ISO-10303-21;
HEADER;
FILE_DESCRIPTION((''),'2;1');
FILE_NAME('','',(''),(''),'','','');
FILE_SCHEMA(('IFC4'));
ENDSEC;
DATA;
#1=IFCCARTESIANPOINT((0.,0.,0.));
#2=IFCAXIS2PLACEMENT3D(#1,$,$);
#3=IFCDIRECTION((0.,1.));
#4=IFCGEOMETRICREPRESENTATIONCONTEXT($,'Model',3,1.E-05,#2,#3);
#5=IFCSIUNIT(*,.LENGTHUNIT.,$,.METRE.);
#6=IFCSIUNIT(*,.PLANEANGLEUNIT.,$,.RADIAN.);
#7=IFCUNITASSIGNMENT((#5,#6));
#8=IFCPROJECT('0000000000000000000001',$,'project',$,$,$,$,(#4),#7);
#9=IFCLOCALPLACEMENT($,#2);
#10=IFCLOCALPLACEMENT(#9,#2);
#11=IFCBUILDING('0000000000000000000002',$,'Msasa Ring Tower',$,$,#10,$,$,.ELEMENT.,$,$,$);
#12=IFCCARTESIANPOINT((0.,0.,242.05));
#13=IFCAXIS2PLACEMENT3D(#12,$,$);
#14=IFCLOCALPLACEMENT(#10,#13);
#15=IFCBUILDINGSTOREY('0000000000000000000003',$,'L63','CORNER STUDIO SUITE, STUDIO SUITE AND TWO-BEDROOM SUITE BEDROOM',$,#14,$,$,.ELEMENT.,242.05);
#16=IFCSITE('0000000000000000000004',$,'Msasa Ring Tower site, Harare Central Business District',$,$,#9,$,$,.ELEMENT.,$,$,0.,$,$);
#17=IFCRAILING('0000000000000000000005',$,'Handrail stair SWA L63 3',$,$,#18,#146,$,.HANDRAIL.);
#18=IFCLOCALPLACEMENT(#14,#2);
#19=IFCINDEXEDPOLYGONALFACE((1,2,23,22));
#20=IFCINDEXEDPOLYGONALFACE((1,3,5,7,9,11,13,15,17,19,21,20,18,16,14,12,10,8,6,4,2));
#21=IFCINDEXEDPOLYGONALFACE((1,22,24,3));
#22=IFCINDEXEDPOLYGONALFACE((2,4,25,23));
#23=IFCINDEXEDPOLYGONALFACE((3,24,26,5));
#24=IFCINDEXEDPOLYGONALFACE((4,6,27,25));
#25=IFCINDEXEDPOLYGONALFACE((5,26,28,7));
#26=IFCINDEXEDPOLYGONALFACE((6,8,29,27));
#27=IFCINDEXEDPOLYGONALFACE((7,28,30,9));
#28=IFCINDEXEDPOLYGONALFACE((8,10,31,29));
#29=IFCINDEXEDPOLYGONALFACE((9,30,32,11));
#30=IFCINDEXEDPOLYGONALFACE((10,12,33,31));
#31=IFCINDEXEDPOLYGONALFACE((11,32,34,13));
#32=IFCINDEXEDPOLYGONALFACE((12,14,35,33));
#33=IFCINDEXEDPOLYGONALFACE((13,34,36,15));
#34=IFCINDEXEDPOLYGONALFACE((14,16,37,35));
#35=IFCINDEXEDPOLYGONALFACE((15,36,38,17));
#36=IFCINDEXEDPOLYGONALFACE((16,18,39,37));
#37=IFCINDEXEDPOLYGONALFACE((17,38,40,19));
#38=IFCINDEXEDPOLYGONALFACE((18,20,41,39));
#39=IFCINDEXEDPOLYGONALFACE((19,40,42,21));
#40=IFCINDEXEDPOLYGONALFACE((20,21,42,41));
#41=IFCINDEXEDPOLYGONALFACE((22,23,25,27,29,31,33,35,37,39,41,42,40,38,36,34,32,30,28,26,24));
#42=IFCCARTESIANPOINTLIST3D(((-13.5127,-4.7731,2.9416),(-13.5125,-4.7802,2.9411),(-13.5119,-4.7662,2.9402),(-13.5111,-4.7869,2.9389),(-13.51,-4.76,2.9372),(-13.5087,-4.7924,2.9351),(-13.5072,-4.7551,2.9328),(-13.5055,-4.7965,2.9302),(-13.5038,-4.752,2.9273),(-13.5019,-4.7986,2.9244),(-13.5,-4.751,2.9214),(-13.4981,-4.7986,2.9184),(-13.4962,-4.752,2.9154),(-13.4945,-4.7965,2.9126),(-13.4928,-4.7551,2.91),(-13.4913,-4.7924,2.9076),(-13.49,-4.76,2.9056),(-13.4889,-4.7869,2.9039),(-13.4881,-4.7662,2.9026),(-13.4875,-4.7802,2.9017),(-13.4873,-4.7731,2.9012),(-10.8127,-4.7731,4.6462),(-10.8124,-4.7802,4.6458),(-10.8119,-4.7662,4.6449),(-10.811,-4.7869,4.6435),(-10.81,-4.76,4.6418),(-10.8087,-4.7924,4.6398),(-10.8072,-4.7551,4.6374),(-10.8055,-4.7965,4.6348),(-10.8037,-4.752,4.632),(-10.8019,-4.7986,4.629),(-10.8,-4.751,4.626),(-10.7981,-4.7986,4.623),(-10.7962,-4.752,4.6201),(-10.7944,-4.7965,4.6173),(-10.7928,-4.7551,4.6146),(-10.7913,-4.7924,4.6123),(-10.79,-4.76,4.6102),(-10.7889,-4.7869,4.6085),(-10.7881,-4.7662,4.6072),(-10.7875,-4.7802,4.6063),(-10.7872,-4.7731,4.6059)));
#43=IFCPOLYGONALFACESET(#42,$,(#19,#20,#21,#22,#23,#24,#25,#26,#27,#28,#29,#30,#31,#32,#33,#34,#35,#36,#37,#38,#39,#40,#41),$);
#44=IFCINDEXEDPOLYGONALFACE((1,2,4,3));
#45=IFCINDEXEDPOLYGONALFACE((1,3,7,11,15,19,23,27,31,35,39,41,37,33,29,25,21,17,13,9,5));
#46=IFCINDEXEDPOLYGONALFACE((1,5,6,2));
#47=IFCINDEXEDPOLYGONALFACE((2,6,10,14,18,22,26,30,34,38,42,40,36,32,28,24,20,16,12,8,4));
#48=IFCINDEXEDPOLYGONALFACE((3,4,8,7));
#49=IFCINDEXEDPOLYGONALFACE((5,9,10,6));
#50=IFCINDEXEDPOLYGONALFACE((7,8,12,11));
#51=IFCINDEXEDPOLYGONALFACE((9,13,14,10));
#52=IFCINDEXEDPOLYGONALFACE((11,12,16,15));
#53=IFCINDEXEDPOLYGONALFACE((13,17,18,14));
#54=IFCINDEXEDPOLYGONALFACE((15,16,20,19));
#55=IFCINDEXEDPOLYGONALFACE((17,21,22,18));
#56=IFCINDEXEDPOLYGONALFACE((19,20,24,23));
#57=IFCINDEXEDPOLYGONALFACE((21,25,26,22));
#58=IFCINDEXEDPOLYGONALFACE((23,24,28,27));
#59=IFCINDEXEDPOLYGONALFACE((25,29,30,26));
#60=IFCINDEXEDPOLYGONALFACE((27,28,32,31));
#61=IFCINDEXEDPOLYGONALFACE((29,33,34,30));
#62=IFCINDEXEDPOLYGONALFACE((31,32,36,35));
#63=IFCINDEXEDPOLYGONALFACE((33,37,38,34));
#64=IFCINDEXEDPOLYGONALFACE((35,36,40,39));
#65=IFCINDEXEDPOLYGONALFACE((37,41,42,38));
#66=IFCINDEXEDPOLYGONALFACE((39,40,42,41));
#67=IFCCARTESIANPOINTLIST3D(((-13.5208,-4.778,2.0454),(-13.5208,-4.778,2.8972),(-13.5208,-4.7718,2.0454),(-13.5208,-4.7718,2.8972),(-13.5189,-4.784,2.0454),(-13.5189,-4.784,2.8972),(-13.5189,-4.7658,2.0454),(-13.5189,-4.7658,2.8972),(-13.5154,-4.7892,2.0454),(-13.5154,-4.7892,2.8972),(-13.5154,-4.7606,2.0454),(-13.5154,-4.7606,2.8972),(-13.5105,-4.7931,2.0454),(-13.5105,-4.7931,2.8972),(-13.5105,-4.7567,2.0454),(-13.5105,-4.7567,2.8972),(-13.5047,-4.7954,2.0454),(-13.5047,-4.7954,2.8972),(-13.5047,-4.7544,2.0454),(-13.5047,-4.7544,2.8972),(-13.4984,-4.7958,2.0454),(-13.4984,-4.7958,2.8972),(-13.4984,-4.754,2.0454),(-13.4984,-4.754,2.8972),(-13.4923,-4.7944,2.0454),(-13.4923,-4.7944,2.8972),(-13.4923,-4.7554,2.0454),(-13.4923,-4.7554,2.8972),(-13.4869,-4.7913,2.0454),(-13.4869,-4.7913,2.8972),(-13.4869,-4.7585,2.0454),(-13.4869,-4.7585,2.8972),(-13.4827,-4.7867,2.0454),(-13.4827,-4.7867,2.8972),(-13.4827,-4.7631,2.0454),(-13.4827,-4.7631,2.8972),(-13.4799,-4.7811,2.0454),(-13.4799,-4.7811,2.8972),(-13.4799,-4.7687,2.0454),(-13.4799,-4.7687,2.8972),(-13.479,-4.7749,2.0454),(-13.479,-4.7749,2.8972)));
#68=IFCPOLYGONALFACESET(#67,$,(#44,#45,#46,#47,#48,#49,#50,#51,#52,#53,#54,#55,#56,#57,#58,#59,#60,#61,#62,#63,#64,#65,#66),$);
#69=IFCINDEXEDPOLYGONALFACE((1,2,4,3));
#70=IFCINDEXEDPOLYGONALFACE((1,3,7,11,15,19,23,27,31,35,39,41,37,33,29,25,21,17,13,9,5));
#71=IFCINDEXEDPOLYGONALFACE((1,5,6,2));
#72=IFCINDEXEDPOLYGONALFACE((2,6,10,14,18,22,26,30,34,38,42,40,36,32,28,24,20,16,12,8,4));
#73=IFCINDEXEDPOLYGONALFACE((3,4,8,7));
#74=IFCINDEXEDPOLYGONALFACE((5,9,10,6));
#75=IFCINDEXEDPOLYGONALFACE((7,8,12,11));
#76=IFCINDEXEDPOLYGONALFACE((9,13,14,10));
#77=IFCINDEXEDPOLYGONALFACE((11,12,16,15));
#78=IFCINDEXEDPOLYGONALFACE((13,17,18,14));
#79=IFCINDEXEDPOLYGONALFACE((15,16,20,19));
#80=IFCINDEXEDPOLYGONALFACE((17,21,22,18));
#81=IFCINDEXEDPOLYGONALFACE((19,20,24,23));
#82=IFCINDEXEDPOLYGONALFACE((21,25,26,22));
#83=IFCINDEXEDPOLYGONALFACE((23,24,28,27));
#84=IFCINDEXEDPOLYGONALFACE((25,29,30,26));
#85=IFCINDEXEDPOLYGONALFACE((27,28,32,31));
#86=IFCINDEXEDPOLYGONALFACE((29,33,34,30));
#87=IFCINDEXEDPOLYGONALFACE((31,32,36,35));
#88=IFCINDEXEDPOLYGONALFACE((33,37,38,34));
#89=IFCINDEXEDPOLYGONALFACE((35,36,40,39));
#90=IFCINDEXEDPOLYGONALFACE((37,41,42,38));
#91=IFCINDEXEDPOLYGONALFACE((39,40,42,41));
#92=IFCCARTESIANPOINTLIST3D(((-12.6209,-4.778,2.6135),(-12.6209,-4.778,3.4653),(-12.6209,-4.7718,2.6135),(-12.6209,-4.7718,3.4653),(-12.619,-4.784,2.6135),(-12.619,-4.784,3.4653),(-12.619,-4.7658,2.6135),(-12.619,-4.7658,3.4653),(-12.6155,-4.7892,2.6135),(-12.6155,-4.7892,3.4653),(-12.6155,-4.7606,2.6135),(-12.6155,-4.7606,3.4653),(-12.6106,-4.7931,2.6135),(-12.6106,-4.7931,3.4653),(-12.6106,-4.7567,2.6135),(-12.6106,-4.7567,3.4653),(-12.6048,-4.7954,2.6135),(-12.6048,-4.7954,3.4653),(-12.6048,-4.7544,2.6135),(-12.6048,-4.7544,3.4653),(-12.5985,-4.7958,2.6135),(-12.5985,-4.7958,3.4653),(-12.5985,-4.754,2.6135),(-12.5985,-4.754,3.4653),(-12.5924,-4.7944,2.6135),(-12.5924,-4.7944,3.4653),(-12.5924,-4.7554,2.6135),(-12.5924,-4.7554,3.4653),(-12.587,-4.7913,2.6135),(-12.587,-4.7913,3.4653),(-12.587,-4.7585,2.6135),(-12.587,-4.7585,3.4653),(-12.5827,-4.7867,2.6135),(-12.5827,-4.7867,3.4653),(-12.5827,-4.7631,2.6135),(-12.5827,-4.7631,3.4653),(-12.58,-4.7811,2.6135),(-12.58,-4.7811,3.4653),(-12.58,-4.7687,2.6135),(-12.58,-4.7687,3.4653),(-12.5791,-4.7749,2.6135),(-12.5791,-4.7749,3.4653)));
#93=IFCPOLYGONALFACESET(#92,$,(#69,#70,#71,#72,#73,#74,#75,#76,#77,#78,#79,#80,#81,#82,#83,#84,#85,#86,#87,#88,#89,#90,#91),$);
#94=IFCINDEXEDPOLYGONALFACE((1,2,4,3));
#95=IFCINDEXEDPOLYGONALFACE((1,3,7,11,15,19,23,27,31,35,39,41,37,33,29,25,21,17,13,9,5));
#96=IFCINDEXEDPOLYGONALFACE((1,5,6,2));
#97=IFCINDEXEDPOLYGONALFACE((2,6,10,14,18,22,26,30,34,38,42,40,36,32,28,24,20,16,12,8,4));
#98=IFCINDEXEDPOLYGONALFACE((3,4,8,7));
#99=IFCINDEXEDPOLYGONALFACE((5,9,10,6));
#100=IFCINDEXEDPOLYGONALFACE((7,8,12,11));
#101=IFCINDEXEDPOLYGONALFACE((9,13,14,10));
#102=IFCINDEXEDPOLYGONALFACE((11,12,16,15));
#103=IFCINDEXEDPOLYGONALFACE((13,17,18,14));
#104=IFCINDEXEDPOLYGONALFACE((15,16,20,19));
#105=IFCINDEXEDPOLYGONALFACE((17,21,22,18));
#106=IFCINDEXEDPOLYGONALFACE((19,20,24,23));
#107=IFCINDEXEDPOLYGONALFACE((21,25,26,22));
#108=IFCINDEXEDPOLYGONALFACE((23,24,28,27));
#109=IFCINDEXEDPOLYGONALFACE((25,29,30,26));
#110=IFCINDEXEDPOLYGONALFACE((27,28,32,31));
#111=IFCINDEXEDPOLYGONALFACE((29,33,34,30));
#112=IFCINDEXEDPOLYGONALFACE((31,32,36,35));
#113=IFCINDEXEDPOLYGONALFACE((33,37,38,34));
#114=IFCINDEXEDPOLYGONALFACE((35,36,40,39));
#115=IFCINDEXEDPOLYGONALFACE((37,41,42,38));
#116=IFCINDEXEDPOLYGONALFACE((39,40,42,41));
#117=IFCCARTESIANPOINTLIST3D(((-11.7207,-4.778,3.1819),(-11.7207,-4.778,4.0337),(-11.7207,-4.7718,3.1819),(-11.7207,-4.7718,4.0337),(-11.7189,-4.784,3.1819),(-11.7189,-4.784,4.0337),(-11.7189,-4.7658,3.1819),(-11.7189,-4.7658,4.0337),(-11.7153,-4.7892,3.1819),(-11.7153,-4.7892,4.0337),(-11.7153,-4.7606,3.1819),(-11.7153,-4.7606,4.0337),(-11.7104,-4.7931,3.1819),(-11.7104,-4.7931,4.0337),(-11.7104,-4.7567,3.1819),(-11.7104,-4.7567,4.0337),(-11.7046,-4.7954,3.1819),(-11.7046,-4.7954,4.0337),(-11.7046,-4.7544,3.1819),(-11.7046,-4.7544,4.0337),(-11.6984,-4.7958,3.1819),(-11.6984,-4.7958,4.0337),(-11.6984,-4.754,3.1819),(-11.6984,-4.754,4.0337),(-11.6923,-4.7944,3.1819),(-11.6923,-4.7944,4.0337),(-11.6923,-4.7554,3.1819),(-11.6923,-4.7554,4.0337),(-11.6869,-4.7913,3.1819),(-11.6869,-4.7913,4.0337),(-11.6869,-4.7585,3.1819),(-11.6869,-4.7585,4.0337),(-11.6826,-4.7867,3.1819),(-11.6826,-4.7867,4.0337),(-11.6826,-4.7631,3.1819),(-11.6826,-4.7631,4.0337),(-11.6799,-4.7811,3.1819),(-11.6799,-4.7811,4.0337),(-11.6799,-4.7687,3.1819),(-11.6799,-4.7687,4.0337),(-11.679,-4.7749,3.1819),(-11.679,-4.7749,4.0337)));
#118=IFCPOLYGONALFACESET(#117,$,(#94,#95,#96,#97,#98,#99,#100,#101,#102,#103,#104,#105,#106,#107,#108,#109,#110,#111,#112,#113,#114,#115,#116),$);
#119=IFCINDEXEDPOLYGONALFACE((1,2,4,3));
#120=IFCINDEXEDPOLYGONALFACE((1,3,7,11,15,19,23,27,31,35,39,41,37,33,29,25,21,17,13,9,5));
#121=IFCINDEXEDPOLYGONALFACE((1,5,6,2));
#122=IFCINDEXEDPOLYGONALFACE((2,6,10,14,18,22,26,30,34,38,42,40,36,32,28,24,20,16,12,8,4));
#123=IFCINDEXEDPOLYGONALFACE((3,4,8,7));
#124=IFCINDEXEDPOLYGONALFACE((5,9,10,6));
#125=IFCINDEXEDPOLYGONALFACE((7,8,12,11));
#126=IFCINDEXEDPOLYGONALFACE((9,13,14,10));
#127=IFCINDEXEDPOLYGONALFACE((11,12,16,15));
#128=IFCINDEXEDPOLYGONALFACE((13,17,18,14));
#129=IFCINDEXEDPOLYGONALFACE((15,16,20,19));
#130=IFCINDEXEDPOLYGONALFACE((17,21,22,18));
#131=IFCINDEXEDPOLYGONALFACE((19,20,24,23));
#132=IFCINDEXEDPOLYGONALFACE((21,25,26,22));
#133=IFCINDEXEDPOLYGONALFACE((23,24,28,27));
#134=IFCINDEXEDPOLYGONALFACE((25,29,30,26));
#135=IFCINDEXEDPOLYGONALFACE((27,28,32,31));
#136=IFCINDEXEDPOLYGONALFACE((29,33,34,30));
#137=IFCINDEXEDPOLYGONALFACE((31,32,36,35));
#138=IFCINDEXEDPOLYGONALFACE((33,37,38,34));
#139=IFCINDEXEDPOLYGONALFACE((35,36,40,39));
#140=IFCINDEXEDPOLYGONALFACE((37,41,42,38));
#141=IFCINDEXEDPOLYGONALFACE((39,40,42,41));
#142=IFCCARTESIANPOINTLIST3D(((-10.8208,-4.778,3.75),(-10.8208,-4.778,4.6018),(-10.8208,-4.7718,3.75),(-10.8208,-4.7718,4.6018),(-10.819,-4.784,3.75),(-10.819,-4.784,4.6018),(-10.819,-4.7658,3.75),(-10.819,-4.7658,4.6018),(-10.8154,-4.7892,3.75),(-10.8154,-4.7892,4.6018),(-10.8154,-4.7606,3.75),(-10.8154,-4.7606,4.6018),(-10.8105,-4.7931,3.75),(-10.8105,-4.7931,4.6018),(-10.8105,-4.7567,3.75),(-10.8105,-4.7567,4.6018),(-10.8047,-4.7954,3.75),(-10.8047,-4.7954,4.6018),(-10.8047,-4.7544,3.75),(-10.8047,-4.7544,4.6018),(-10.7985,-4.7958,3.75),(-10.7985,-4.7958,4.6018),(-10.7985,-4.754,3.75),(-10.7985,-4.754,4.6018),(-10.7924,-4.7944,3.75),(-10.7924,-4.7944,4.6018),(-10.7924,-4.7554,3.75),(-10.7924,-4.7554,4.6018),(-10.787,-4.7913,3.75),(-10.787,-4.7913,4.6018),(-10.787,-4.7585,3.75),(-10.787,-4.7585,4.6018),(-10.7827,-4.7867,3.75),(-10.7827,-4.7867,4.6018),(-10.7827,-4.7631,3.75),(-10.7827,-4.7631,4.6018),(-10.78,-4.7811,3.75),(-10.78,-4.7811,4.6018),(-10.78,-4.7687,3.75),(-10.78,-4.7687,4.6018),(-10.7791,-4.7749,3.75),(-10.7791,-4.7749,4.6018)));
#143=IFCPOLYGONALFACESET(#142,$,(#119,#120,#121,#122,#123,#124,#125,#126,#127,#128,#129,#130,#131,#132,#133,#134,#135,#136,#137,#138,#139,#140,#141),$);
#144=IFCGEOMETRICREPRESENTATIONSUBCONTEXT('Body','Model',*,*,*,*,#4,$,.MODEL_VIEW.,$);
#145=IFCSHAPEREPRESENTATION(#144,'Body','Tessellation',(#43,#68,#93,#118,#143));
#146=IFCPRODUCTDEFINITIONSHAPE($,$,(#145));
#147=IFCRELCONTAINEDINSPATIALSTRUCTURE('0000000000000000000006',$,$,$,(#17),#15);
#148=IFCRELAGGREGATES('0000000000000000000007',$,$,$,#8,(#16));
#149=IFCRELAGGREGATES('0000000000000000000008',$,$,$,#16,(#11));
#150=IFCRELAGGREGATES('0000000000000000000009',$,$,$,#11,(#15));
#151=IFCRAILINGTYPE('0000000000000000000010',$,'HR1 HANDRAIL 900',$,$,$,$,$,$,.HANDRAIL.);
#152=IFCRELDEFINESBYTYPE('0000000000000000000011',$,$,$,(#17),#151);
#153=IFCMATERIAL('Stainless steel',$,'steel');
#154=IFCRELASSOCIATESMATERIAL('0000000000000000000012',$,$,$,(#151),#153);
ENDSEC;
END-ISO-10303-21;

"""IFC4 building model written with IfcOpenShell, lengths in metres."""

from ifc_helpers import new_model, si_unit, direction, frame, origin, origin_2d, place, context, subcontext, project, spatial, circle, extrude, material, type_object, element, save


model = new_model("IFC4")

# Units and contexts
model_context = context("Model", 3, precision=1e-05, world=origin(), true_north=direction((0.0, 1.0)))
body_context = subcontext(model_context, "Body", "Model", "MODEL_VIEW")
ifc_project = project(units=[si_unit("LENGTHUNIT", "METRE"), si_unit("PLANEANGLEUNIT", "RADIAN")], contexts=[model_context])

# Site, building, storey
site_placement = place(None, origin())
site = spatial("IfcSite", under=ifc_project, at=site_placement, Name="Msasa Ring Tower site, Harare Central Business District", CompositionType="ELEMENT", RefElevation=0.0)
building_placement = place(site_placement, origin())
building = spatial("IfcBuilding", under=site, at=building_placement, Name="Msasa Ring Tower", CompositionType="ELEMENT")
storey_placement = place(building_placement, frame((0.0, 0.0, 242.05)))
storey = spatial("IfcBuildingStorey", under=building, at=storey_placement, Name="L63", Description="CORNER STUDIO SUITE, STUDIO SUITE AND TWO-BEDROOM SUITE BEDROOM", CompositionType="ELEMENT", Elevation=242.05)

# Railing
ifc_material_1 = material(Name="Stainless steel", Category="steel")
railing_type = type_object("IfcRailingType", Name="HR1 HANDRAIL 900", PredefinedType="HANDRAIL", material=ifc_material_1)
for number, where, name in (
    (1, (-13.5, -4.7749, 2.0454), "Handrail stair SWA L63 3"),
):
    element("IfcRailing", number, at=place(storey_placement, frame(where)), inside=storey, type_object=railing_type, Name=name, PredefinedType="HANDRAIL", context=body_context, shape_type="SweptSolid", body=[
        extrude(circle(Radius=0.0239, at=origin_2d()), frame((0.0, 0.0, 0.876), z_axis=(0.84558, 0.0, 0.533849), x_axis=(0.0, 1.0, 0.0)), (0.0, 0.0, 1.0), 3.1931),
        extrude(circle(Radius=0.021, at=origin_2d()), origin(), (0.0, 0.0, 1.0), 0.8518),
        extrude(circle(Radius=0.021, at=origin_2d()), frame((0.8999, 0.0, 0.5681)), (0.0, 0.0, 1.0), 0.8518),
        extrude(circle(Radius=0.021, at=origin_2d()), frame((1.8, 0.0, 1.1365)), (0.0, 0.0, 1.0), 0.8518),
        extrude(circle(Radius=0.021, at=origin_2d()), frame((2.7, 0.0, 1.7046)), (0.0, 0.0, 1.0), 0.8518),
    ])

save(model, "model.ifc")
